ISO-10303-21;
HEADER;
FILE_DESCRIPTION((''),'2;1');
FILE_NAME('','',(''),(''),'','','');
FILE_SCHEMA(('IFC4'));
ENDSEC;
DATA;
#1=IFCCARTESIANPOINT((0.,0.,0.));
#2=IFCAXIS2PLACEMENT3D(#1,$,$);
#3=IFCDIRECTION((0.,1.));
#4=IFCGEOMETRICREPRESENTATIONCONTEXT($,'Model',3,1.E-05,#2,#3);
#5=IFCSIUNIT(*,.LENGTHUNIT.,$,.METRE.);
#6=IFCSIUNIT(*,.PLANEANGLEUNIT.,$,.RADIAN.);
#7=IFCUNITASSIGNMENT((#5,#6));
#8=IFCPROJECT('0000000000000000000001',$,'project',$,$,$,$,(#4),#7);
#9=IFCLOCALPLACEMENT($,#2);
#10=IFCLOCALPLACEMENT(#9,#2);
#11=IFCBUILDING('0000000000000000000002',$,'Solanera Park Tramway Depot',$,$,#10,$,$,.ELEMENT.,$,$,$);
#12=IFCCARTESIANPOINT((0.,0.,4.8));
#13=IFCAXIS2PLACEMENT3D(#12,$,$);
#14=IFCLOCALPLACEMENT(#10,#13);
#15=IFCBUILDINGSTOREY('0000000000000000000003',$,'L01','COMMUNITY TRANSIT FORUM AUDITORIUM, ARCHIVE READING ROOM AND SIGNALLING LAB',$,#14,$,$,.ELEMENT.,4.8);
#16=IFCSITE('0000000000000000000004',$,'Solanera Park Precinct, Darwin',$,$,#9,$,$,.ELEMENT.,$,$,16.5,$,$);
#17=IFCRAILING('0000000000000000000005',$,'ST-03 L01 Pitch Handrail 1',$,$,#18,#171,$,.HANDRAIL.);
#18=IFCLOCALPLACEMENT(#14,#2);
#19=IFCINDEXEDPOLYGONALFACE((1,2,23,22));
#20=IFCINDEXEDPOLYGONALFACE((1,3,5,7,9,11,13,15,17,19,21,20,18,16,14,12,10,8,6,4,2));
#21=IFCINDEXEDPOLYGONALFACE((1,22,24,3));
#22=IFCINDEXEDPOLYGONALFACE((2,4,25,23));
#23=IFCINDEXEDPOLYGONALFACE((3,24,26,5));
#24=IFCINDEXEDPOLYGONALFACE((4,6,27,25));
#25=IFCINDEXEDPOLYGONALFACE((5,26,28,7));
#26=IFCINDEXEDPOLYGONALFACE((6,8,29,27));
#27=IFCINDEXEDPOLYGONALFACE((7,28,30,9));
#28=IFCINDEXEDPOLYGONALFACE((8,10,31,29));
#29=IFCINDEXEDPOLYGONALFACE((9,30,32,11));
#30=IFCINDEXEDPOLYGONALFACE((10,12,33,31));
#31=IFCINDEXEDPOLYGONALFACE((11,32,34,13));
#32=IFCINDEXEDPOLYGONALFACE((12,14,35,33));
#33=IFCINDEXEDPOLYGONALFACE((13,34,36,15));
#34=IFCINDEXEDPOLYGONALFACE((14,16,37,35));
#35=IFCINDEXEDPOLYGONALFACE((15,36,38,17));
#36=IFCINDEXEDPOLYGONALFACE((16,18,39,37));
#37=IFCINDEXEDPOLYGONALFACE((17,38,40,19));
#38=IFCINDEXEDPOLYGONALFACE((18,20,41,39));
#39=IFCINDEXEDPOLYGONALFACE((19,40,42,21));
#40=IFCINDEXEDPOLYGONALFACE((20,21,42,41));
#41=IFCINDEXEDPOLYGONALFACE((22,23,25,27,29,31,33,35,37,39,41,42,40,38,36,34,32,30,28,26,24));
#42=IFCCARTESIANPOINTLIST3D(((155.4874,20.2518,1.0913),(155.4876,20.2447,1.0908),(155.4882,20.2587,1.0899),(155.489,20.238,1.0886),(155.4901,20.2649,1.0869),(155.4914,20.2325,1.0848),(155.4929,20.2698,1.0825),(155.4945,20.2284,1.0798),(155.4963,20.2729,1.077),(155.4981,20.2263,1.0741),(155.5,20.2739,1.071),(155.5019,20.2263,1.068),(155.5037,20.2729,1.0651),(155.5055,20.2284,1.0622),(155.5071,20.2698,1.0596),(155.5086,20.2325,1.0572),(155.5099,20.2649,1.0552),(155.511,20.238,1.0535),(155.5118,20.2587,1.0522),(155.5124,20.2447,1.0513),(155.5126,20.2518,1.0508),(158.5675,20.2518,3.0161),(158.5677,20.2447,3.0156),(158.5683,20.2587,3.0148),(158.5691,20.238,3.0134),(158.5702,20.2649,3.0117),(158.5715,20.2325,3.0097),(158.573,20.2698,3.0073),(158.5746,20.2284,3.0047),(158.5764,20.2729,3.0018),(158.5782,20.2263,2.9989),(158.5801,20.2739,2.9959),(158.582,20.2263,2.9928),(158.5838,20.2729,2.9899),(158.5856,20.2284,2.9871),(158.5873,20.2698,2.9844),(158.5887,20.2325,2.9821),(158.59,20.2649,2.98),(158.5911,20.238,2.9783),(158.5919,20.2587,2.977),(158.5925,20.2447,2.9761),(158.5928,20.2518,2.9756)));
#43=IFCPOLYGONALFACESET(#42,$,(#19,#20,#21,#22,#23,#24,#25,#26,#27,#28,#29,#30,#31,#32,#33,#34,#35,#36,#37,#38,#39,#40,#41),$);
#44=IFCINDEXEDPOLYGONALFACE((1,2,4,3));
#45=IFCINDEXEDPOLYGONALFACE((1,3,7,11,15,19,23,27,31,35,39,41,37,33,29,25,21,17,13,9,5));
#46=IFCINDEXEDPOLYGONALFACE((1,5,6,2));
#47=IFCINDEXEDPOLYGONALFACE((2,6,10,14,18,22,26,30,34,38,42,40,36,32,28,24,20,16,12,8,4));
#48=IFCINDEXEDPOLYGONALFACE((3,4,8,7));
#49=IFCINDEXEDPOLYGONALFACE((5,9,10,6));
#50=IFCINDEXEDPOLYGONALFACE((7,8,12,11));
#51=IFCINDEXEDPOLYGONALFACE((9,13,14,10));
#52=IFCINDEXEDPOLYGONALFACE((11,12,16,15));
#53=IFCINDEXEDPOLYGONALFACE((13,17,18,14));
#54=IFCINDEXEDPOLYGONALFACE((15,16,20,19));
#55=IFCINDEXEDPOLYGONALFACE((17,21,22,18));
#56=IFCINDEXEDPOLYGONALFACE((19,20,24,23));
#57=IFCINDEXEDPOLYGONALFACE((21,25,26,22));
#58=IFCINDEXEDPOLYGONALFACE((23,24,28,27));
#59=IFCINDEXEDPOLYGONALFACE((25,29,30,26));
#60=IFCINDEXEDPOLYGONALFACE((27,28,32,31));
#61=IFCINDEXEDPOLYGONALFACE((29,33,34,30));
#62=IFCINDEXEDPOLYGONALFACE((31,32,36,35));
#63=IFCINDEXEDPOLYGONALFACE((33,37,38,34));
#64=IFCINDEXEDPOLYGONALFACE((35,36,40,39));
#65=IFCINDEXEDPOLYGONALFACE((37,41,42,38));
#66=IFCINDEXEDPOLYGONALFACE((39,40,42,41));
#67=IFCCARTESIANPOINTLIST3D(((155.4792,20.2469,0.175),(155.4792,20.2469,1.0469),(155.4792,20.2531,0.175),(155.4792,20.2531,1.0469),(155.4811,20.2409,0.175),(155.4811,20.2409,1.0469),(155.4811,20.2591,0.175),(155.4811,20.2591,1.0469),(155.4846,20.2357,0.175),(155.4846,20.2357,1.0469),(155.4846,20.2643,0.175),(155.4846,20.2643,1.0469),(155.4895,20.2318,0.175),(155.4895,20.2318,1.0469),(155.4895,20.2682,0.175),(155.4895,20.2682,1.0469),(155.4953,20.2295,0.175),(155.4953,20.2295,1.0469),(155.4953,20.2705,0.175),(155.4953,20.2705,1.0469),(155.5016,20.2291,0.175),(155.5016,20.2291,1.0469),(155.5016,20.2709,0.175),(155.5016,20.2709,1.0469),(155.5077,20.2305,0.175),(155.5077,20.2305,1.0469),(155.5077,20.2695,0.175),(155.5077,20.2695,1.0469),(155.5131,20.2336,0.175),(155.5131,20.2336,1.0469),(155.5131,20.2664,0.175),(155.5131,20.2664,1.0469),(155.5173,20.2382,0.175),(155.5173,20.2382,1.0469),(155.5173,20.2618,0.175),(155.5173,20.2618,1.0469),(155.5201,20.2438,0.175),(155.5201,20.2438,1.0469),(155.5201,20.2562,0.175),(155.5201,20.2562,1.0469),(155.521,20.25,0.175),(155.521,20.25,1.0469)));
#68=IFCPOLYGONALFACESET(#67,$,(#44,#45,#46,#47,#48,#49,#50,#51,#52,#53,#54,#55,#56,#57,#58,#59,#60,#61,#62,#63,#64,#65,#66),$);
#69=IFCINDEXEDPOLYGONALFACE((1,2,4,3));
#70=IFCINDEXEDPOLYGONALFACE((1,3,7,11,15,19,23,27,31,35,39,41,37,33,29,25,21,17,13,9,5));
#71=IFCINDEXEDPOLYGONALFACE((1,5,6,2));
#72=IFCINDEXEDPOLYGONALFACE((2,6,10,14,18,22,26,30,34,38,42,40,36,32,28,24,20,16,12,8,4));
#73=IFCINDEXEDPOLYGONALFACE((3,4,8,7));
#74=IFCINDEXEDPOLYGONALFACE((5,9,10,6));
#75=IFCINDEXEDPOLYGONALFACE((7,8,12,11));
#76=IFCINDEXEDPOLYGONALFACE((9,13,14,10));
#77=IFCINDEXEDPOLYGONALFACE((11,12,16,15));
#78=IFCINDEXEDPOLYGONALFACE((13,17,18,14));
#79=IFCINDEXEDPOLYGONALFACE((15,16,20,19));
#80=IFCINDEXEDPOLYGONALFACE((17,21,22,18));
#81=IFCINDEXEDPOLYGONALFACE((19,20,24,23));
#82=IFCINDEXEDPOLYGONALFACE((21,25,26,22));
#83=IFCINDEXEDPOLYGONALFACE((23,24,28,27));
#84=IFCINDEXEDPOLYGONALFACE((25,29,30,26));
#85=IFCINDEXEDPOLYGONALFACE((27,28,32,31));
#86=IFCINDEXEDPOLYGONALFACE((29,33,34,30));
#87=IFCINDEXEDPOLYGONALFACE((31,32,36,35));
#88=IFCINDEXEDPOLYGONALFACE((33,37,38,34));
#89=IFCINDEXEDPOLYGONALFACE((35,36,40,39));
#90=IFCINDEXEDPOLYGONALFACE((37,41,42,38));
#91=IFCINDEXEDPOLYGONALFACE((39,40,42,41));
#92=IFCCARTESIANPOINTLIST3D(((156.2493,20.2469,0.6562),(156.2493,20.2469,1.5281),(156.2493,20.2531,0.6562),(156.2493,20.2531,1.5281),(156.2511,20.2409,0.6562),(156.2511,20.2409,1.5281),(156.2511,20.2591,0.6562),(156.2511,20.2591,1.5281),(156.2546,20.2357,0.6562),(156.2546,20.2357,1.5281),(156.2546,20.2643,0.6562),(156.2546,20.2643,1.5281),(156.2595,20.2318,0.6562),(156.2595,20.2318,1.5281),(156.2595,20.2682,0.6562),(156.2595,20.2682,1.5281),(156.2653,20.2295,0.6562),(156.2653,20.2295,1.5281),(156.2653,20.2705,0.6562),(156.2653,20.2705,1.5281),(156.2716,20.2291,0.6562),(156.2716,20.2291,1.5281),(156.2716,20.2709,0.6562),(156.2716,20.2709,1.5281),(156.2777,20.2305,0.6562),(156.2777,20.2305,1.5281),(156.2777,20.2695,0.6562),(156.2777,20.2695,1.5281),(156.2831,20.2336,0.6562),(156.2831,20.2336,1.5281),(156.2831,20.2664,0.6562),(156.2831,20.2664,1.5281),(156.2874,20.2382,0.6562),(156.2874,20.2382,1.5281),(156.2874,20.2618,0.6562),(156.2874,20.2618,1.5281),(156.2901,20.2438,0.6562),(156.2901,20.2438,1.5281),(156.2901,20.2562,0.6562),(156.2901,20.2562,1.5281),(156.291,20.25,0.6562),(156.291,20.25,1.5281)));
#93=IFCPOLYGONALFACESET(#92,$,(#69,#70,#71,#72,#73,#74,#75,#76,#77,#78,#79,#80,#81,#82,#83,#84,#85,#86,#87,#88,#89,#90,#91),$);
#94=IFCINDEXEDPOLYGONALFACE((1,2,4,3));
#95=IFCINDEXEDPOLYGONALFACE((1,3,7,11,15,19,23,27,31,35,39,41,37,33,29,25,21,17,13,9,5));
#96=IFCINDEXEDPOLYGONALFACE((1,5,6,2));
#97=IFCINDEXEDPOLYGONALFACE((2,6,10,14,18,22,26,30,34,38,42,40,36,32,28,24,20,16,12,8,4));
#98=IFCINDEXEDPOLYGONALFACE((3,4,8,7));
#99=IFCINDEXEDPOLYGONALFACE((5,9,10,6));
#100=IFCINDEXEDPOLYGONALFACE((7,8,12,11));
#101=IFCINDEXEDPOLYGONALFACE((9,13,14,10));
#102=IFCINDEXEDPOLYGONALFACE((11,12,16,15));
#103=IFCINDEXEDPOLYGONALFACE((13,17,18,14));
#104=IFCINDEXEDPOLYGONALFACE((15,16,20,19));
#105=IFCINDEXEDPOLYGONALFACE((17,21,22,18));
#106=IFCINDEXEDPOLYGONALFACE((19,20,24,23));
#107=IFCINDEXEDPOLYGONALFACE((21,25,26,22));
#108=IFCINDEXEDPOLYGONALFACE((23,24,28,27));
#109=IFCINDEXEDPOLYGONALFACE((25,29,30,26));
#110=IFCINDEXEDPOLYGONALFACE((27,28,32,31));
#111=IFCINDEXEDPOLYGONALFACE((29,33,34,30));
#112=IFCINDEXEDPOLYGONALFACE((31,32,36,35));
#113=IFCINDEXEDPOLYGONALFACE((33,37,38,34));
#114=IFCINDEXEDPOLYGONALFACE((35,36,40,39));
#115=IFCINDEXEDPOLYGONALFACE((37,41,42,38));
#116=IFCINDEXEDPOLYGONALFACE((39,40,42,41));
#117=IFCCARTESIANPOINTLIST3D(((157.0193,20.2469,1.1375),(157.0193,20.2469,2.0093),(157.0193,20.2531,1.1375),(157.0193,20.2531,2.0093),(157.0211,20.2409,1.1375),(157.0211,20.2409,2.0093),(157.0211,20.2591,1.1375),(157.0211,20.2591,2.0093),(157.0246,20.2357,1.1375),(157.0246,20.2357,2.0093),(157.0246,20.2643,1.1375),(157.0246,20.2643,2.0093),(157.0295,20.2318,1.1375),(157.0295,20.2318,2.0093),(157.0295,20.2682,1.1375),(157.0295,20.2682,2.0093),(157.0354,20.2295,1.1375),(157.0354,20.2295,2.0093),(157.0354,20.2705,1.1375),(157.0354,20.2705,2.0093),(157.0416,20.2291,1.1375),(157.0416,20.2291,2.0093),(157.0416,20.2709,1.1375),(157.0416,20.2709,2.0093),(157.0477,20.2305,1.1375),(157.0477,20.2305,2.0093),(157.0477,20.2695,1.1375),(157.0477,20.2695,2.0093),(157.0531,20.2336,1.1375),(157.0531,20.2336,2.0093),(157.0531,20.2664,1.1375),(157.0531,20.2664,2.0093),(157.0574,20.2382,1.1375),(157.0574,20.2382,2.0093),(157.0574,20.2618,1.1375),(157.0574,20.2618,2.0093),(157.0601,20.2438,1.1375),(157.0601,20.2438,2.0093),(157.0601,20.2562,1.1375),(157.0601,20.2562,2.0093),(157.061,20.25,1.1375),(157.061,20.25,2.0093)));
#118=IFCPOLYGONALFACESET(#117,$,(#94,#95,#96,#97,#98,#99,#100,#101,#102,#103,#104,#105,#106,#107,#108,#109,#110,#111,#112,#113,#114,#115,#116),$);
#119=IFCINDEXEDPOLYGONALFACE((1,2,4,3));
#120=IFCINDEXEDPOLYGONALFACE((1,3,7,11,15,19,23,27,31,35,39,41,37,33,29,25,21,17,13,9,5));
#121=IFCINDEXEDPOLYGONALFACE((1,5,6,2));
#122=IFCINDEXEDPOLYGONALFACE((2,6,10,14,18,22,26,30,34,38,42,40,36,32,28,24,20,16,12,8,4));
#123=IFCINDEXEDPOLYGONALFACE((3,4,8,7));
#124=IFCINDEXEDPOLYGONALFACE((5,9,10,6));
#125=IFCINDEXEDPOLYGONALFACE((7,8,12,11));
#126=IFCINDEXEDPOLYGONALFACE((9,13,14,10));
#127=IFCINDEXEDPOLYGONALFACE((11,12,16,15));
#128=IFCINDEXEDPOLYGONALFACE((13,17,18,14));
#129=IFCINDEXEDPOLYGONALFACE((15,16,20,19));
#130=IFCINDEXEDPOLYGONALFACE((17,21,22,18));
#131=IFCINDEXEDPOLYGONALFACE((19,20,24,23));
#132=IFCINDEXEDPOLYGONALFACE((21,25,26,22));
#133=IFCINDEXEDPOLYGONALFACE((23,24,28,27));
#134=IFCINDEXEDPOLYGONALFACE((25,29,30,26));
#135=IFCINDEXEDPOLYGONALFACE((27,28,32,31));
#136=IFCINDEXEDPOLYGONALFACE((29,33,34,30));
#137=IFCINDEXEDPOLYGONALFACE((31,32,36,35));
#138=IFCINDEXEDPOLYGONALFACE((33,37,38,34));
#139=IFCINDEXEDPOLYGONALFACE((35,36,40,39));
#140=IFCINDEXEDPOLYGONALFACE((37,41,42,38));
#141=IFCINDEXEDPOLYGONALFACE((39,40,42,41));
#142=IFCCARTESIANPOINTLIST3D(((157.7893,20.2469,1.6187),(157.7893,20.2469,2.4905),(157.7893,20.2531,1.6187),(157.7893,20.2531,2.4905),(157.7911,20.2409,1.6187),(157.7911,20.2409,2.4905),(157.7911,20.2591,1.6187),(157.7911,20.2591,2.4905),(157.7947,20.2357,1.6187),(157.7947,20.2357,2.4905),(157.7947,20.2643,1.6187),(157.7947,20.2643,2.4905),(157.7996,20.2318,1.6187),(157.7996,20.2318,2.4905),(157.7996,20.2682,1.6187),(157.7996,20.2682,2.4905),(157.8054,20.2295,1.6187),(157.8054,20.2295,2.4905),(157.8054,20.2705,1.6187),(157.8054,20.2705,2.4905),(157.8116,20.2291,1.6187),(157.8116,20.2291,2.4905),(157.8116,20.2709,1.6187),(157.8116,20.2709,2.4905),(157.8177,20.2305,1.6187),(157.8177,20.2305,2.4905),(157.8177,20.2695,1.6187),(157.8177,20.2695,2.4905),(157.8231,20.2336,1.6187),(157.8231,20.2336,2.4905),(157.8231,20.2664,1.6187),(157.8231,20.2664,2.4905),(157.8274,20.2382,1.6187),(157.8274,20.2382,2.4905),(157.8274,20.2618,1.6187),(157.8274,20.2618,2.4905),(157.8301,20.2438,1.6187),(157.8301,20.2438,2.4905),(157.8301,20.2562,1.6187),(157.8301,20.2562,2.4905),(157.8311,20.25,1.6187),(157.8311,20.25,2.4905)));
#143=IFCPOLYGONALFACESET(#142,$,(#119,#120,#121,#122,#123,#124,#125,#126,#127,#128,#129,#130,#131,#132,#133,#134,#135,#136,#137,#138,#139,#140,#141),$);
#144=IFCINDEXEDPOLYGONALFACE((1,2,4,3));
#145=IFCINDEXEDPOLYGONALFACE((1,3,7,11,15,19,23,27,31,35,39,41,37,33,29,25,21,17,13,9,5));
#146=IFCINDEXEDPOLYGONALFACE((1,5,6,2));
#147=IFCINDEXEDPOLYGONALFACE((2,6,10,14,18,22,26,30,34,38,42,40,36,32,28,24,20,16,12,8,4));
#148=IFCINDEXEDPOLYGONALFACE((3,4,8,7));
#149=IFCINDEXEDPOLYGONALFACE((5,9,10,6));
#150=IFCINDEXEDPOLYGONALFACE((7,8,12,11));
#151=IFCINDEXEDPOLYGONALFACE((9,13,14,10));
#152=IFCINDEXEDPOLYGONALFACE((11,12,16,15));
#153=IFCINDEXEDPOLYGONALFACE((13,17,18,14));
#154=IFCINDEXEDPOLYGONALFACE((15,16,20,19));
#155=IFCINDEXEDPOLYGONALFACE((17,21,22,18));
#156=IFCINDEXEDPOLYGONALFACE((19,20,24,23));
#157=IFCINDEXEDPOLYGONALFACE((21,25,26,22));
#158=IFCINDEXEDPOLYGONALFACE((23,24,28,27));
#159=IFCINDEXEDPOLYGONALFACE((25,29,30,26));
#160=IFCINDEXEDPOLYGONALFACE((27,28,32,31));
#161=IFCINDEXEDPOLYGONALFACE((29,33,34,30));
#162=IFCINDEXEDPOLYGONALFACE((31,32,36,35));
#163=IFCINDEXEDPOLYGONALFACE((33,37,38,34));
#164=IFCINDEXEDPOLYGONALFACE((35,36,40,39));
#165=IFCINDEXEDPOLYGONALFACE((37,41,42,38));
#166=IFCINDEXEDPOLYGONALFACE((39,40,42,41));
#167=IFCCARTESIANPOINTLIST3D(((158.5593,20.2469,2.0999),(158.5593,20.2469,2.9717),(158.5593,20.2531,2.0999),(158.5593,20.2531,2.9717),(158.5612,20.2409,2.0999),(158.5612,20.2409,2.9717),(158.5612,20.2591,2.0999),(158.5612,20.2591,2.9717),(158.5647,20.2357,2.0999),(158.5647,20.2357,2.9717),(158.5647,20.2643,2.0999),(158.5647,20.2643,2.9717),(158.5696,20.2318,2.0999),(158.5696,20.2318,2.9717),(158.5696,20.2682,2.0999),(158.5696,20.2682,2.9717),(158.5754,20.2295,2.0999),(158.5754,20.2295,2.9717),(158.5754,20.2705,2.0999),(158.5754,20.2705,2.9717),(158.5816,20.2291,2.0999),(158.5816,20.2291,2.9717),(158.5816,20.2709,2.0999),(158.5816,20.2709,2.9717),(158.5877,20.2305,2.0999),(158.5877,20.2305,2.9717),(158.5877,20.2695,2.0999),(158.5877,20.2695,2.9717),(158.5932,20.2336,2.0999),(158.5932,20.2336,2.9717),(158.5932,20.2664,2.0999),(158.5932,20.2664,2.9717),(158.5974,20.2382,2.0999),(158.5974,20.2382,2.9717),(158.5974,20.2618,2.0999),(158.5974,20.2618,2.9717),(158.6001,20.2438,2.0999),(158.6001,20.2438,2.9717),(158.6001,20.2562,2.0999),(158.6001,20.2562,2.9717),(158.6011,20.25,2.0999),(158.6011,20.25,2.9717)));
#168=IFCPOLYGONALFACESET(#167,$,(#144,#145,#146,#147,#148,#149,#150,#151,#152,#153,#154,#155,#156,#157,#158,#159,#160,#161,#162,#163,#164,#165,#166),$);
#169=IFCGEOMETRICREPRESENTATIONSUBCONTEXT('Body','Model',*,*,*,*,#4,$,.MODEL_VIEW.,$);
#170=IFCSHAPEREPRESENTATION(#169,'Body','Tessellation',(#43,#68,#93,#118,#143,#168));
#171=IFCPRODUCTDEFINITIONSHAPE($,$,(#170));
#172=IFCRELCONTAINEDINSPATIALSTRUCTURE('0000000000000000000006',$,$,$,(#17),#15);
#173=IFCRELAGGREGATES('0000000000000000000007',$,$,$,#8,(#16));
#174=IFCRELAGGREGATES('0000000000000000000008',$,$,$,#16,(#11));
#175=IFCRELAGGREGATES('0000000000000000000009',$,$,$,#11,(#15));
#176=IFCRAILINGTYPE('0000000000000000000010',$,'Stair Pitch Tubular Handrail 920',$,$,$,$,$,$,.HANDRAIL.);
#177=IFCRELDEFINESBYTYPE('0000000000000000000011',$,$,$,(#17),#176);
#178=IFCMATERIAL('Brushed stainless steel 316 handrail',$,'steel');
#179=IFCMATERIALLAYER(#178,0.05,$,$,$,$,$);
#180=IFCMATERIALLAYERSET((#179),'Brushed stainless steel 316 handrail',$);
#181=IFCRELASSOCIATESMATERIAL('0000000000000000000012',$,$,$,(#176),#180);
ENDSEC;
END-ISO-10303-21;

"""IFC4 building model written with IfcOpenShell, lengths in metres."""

from ifc_helpers import new_model, si_unit, direction, frame, origin, origin_2d, place, context, subcontext, project, spatial, circle, extrude, material, layer, layer_set, type_object, element, save


model = new_model("IFC4")

# Units and contexts
model_context = context("Model", 3, precision=1e-05, world=origin(), true_north=direction((0.0, 1.0)))
body_context = subcontext(model_context, "Body", "Model", "MODEL_VIEW")
ifc_project = project(units=[si_unit("LENGTHUNIT", "METRE"), si_unit("PLANEANGLEUNIT", "RADIAN")], contexts=[model_context])

# Site, building, storey
site_placement = place(None, origin())
site = spatial("IfcSite", under=ifc_project, at=site_placement, Name="Solanera Park Precinct, Darwin", CompositionType="ELEMENT", RefElevation=16.5)
building_placement = place(site_placement, origin())
building = spatial("IfcBuilding", under=site, at=building_placement, Name="Solanera Park Tramway Depot", CompositionType="ELEMENT")
storey_placement = place(building_placement, frame((0.0, 0.0, 4.8)))
storey = spatial("IfcBuildingStorey", under=building, at=storey_placement, Name="L01", Description="COMMUNITY TRANSIT FORUM AUDITORIUM, ARCHIVE READING ROOM AND SIGNALLING LAB", CompositionType="ELEMENT", Elevation=4.8)

# Railing
ifc_material_1 = material(Name="Brushed stainless steel 316 handrail", Category="steel")
ifc_layer_1 = layer(ifc_material_1, 0.05)
ifc_layer_set_1 = layer_set([ifc_layer_1], Name="Brushed stainless steel 316 handrail")
railing_type_1 = type_object("IfcRailingType", Name="Stair Pitch Tubular Handrail 920", PredefinedType="HANDRAIL", material=ifc_layer_set_1)
railing_1_placement = place(storey_placement, frame((155.5, 20.25, 0.175)))
element("IfcRailing", 1, at=railing_1_placement, inside=storey, type_object=railing_type_1, Name="ST-03 L01 Pitch Handrail 1", PredefinedType="HANDRAIL", context=body_context, shape_type="SweptSolid", body=[
    extrude(circle(Radius=0.0239, at=origin_2d()), frame((0.0, 0.0, 0.896), z_axis=(0.848029, 0.0, 0.529951), x_axis=(0.0, 1.0, 0.0)), (0.0, 0.0, 1.0), 3.6321),
    extrude(circle(Radius=0.021, at=origin_2d()), origin(), (0.0, 0.0, 1.0), 0.8718),
    extrude(circle(Radius=0.021, at=origin_2d()), frame((0.77, 0.0, 0.4812)), (0.0, 0.0, 1.0), 0.8718),
    extrude(circle(Radius=0.021, at=origin_2d()), frame((1.54, 0.0, 0.9624)), (0.0, 0.0, 1.0), 0.8718),
    extrude(circle(Radius=0.021, at=origin_2d()), frame((2.3101, 0.0, 1.4436)), (0.0, 0.0, 1.0), 0.8718),
    extrude(circle(Radius=0.021, at=origin_2d()), frame((3.0801, 0.0, 1.9248)), (0.0, 0.0, 1.0), 0.8718),
])

save(model, "model.ifc")
